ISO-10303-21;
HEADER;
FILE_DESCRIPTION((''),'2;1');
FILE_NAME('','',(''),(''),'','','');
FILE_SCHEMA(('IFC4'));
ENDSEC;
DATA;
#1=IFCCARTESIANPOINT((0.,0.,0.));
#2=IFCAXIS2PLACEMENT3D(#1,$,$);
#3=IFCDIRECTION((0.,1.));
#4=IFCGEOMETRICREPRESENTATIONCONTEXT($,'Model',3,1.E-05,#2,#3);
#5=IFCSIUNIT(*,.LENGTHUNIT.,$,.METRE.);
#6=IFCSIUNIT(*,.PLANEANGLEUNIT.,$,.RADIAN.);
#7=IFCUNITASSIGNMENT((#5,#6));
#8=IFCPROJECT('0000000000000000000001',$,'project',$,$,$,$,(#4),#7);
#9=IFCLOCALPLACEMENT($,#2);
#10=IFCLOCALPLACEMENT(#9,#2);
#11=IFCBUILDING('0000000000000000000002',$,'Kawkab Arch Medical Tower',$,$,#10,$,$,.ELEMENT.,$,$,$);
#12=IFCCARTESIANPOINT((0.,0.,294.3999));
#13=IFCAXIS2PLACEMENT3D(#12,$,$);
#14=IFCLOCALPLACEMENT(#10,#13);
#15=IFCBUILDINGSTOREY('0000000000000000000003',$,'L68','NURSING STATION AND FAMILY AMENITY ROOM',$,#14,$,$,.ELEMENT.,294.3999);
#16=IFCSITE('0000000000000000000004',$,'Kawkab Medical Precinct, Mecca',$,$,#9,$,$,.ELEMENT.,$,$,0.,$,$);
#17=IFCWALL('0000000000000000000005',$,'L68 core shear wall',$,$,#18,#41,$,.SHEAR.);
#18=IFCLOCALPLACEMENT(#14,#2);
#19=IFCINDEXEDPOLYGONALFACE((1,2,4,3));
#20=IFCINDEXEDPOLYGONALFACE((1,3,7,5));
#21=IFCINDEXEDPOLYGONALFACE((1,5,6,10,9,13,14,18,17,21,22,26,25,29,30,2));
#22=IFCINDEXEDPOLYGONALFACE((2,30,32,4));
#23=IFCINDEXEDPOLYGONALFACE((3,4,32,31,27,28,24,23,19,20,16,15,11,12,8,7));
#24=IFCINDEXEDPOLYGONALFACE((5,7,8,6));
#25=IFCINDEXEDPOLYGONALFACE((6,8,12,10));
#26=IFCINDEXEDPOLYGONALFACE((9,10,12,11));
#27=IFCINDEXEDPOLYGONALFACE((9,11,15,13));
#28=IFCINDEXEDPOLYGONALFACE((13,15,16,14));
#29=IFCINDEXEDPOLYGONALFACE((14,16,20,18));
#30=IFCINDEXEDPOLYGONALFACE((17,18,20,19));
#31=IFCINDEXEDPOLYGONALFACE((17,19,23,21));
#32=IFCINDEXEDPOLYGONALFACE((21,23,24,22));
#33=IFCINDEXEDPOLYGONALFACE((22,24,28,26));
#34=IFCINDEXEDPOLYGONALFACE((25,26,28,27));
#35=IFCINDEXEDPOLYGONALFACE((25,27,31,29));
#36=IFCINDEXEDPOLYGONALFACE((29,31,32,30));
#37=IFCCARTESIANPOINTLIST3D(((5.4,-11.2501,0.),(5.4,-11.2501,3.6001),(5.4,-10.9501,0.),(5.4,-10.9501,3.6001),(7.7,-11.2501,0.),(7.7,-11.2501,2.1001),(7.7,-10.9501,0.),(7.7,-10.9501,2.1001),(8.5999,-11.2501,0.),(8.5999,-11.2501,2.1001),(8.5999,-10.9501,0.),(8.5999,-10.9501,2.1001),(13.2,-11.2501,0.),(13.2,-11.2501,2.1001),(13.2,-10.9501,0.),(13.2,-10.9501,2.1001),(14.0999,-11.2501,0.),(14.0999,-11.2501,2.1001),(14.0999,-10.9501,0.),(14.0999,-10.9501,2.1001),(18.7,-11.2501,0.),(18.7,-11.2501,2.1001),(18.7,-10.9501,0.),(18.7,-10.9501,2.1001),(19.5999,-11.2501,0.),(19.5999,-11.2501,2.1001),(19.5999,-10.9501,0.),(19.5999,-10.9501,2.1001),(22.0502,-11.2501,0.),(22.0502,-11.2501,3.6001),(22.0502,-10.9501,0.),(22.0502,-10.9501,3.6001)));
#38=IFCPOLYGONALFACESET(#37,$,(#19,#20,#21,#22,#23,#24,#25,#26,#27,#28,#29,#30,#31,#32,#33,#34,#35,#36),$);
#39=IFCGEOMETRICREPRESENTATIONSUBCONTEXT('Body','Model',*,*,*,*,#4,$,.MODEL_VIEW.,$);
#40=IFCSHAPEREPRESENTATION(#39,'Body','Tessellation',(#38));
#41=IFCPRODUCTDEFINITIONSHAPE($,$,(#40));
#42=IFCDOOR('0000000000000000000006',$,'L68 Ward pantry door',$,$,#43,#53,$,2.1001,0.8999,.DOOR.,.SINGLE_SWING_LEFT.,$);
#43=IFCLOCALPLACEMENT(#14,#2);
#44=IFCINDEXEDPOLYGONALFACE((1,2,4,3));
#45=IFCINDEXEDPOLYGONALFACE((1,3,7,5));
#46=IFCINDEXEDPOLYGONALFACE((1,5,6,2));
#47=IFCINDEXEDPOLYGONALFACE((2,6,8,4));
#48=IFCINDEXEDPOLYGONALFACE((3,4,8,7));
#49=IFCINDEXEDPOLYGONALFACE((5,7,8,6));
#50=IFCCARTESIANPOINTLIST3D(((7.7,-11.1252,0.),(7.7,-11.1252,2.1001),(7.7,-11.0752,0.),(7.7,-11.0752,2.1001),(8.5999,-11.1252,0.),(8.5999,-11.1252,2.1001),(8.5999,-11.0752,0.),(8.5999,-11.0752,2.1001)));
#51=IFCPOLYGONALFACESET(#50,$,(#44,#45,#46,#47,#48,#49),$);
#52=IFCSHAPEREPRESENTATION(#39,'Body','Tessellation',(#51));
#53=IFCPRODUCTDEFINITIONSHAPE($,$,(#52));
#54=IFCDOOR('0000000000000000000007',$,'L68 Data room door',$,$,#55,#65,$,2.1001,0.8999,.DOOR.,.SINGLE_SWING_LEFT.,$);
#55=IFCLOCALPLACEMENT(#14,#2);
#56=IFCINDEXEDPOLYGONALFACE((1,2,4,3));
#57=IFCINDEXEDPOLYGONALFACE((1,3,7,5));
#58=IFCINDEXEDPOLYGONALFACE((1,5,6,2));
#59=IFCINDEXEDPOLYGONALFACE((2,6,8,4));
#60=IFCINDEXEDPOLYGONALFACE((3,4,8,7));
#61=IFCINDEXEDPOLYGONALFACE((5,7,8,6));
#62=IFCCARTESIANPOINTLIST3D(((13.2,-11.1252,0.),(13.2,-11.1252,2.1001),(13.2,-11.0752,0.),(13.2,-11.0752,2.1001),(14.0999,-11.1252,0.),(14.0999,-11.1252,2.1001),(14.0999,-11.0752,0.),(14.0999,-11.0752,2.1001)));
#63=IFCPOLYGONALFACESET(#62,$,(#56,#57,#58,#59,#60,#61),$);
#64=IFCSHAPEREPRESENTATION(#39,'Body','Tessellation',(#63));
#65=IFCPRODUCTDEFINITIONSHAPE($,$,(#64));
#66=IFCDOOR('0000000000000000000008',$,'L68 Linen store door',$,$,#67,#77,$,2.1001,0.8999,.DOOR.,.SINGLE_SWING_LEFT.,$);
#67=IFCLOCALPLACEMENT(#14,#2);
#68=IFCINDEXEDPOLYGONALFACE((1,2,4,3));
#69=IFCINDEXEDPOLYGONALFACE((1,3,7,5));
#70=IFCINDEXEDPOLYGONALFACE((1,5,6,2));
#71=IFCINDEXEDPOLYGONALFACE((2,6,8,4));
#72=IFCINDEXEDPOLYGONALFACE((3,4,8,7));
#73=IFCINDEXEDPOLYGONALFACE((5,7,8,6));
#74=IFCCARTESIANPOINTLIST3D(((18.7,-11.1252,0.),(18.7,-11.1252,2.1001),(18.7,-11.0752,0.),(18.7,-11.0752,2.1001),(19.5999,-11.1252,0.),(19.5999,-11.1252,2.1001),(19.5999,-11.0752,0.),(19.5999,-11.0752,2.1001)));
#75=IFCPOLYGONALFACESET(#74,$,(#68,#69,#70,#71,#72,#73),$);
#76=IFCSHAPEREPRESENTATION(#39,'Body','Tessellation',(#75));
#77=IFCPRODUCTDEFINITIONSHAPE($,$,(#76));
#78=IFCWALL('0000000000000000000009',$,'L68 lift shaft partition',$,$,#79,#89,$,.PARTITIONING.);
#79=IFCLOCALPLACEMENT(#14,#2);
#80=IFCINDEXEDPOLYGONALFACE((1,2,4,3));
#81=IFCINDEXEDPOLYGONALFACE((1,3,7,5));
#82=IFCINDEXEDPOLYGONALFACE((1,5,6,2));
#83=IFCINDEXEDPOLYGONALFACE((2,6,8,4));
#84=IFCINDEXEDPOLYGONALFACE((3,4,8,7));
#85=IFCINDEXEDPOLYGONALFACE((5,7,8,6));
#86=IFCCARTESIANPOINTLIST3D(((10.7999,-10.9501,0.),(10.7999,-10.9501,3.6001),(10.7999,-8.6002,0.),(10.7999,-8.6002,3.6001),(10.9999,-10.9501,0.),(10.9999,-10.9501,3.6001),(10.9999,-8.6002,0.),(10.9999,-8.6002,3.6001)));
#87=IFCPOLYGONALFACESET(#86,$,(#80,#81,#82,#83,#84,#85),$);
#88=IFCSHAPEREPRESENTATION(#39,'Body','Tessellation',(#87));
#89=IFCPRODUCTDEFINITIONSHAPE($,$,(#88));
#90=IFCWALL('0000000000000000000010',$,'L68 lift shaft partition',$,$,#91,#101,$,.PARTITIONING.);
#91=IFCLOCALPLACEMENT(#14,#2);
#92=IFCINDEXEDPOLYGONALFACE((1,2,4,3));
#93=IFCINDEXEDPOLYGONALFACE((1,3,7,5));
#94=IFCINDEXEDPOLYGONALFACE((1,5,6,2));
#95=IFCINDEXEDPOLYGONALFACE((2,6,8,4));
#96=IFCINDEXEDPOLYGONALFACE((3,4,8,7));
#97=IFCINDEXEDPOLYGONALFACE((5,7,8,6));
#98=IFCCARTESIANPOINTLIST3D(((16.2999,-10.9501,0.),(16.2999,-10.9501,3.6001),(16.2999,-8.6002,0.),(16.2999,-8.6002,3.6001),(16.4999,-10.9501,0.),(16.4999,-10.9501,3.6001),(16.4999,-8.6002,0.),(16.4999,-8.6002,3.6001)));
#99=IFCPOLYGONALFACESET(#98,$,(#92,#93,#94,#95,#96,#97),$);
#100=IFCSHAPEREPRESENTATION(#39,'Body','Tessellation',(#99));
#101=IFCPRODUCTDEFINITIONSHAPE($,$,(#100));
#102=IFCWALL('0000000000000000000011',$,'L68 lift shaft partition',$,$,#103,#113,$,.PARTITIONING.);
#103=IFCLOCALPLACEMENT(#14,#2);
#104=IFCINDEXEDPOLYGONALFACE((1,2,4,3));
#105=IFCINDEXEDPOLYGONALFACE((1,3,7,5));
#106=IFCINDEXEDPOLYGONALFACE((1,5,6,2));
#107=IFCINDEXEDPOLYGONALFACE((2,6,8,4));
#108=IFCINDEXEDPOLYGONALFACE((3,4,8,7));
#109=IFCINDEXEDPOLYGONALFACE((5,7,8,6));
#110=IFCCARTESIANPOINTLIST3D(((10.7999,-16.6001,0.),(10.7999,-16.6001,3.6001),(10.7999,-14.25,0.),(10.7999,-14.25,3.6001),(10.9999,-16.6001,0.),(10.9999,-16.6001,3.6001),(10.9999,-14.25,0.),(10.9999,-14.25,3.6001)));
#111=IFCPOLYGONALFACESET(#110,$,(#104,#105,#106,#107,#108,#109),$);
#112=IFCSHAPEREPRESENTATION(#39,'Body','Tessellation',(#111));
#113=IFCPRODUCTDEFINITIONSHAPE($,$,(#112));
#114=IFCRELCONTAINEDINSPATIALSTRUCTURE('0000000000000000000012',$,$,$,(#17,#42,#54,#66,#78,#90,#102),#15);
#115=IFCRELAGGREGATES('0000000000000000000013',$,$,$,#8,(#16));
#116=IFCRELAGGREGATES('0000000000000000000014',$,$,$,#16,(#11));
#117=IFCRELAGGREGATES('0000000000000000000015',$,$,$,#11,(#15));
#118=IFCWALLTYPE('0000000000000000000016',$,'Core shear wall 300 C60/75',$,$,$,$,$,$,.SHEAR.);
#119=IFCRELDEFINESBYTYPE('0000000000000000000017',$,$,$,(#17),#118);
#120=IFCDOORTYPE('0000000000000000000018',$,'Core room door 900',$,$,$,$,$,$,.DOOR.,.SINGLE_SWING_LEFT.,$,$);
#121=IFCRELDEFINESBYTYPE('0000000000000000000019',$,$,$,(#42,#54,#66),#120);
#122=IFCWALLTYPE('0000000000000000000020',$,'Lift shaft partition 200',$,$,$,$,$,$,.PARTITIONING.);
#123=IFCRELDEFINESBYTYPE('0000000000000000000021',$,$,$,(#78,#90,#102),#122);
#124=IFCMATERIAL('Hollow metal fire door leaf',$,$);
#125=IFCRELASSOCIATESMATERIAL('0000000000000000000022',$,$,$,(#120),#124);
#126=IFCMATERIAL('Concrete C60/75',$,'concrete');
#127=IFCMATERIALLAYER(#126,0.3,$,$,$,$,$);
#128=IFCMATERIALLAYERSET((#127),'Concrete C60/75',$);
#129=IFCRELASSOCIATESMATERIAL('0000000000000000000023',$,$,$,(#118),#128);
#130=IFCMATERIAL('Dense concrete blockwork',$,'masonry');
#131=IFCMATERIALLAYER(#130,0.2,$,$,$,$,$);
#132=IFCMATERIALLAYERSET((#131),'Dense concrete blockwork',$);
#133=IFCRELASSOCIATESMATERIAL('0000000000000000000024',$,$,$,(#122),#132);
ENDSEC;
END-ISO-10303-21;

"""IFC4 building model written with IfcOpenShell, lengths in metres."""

from ifc_helpers import new_model, si_unit, direction, frame, frame_2d, origin, place, context, subcontext, project, spatial, rectangle, extrude, material, layer, layer_set, type_object, element, fill, save


model = new_model("IFC4")

# Units and contexts
model_context = context("Model", 3, precision=1e-05, world=origin(), true_north=direction((0.0, 1.0)))
body_context = subcontext(model_context, "Body", "Model", "MODEL_VIEW")
ifc_project = project(units=[si_unit("LENGTHUNIT", "METRE"), si_unit("PLANEANGLEUNIT", "RADIAN")], contexts=[model_context])

# Site, building, storey
site_placement = place(None, origin())
site = spatial("IfcSite", under=ifc_project, at=site_placement, Name="Kawkab Medical Precinct, Mecca", CompositionType="ELEMENT", RefElevation=0.0)
building_placement = place(site_placement, origin())
building = spatial("IfcBuilding", under=site, at=building_placement, Name="Kawkab Arch Medical Tower", CompositionType="ELEMENT")
storey_placement = place(building_placement, frame((0.0, 0.0, 294.3999)))
storey = spatial("IfcBuildingStorey", under=building, at=storey_placement, Name="L68", Description="NURSING STATION AND FAMILY AMENITY ROOM", CompositionType="ELEMENT", Elevation=294.3999)

# Shared definitions
ifc_material_1 = material(Name="Hollow metal fire door leaf")
door_type = type_object("IfcDoorType", Name="Core room door 900", OperationType="SINGLE_SWING_LEFT", PredefinedType="DOOR", material=ifc_material_1)

# Shared definitions
ifc_material_2 = material(Name="Concrete C60/75", Category="concrete")
ifc_layer_1 = layer(ifc_material_2, 0.3)
ifc_layer_set_1 = layer_set([ifc_layer_1], Name="Concrete C60/75")
wall_type_1 = type_object("IfcWallType", Name="Core shear wall 300 C60/75", PredefinedType="SHEAR", material=ifc_layer_set_1)

# Wall, openings, doors
wall_1_placement = place(storey_placement, frame((5.3999, -11.1001, 0.0), z_axis=(0.0, 0.0, 1.0), x_axis=(1.0, 0.0, 0.0)))
wall_1 = element("IfcWall", 1, at=wall_1_placement, inside=storey, type_object=wall_type_1, Name="L68 core shear wall", PredefinedType="SHEAR", context=body_context, shape_type="SweptSolid", body=[
    extrude(rectangle(XDim=16.6501, YDim=0.3, at=frame_2d((8.3252, 0.0))), origin(), (0.0, 0.0, 1.0), 3.6001),
])
opening_1_placement = place(wall_1_placement, frame((2.3, 0.0, 0.0)))
opening_1 = element("IfcOpeningElement", 2, at=opening_1_placement, cuts=wall_1, PredefinedType="OPENING", context=body_context, shape_type="SweptSolid", body=[
    extrude(rectangle(XDim=0.8999, YDim=2.1001, at=frame_2d((0.45, 1.05))), frame((0.0, 0.1599, 0.0), z_axis=(0.0, -1.0, 0.0), x_axis=(1.0, 0.0, 0.0)), (0.0, 0.0, 1.0), 0.3201),
])
opening_2_placement = place(wall_1_placement, frame((7.8, 0.0, 0.0)))
opening_2 = element("IfcOpeningElement", 3, at=opening_2_placement, cuts=wall_1, PredefinedType="OPENING", context=body_context, shape_type="SweptSolid", body=[
    extrude(rectangle(XDim=0.8999, YDim=2.1001, at=frame_2d((0.45, 1.05))), frame((0.0, 0.1599, 0.0), z_axis=(0.0, -1.0, 0.0), x_axis=(1.0, 0.0, 0.0)), (0.0, 0.0, 1.0), 0.3201),
])
opening_3_placement = place(wall_1_placement, frame((13.3, 0.0, 0.0)))
opening_3 = element("IfcOpeningElement", 4, at=opening_3_placement, cuts=wall_1, PredefinedType="OPENING", context=body_context, shape_type="SweptSolid", body=[
    extrude(rectangle(XDim=0.8999, YDim=2.1001, at=frame_2d((0.45, 1.05))), frame((0.0, 0.1599, 0.0), z_axis=(0.0, -1.0, 0.0), x_axis=(1.0, 0.0, 0.0)), (0.0, 0.0, 1.0), 0.3201),
])
door_1_placement = place(opening_1_placement, origin())
door_1 = element("IfcDoor", 5, at=door_1_placement, inside=storey, type_object=door_type, Name="L68 Ward pantry door", OperationType="SINGLE_SWING_LEFT", OverallHeight=2.1001, OverallWidth=0.8999, PredefinedType="DOOR", context=body_context, shape_type="SweptSolid", body=[
    extrude(rectangle(XDim=0.8999, YDim=2.1001, at=frame_2d((0.45, 1.05))), frame((0.0, 0.0249, 0.0), z_axis=(0.0, -1.0, 0.0), x_axis=(1.0, 0.0, 0.0)), (0.0, 0.0, 1.0), 0.05),
])
fill(opening_1, door_1)
door_2_placement = place(opening_2_placement, origin())
door_2 = element("IfcDoor", 6, at=door_2_placement, inside=storey, type_object=door_type, Name="L68 Data room door", OperationType="SINGLE_SWING_LEFT", OverallHeight=2.1001, OverallWidth=0.8999, PredefinedType="DOOR", context=body_context, shape_type="SweptSolid", body=[
    extrude(rectangle(XDim=0.8999, YDim=2.1001, at=frame_2d((0.45, 1.05))), frame((0.0, 0.0249, 0.0), z_axis=(0.0, -1.0, 0.0), x_axis=(1.0, 0.0, 0.0)), (0.0, 0.0, 1.0), 0.05),
])
fill(opening_2, door_2)
door_3_placement = place(opening_3_placement, origin())
door_3 = element("IfcDoor", 7, at=door_3_placement, inside=storey, type_object=door_type, Name="L68 Linen store door", OperationType="SINGLE_SWING_LEFT", OverallHeight=2.1001, OverallWidth=0.8999, PredefinedType="DOOR", context=body_context, shape_type="SweptSolid", body=[
    extrude(rectangle(XDim=0.8999, YDim=2.1001, at=frame_2d((0.45, 1.05))), frame((0.0, 0.0249, 0.0), z_axis=(0.0, -1.0, 0.0), x_axis=(1.0, 0.0, 0.0)), (0.0, 0.0, 1.0), 0.05),
])
fill(opening_3, door_3)

# Walls
ifc_material_3 = material(Name="Dense concrete blockwork", Category="masonry")
ifc_layer_2 = layer(ifc_material_3, 0.2)
ifc_layer_set_2 = layer_set([ifc_layer_2], Name="Dense concrete blockwork")
wall_type_2 = type_object("IfcWallType", Name="Lift shaft partition 200", PredefinedType="PARTITIONING", material=ifc_layer_set_2)
for number, where, z_axis, x_axis, name in (
    (8, (10.8999, -10.95, 0.0), (0.0, 0.0, 1.0), (0.0, 1.0, 0.0), "L68 lift shaft partition"),
    (9, (16.3999, -10.95, 0.0), (0.0, 0.0, 1.0), (0.0, 1.0, 0.0), "L68 lift shaft partition"),
):
    element("IfcWall", number, at=place(storey_placement, frame(where, z_axis=z_axis, x_axis=x_axis)), inside=storey, type_object=wall_type_2, Name=name, PredefinedType="PARTITIONING", context=body_context, shape_type="SweptSolid", body=[
        extrude(rectangle(XDim=2.3499, YDim=0.2, at=frame_2d((1.1748, 0.0))), origin(), (0.0, 0.0, 1.0), 3.6001),
    ])
wall_2_placement = place(storey_placement, frame((10.8999, -16.6001, 0.0), z_axis=(0.0, 0.0, 1.0), x_axis=(0.0, 1.0, 0.0)))
element("IfcWall", 10, at=wall_2_placement, inside=storey, type_object=wall_type_2, Name="L68 lift shaft partition", PredefinedType="PARTITIONING", context=body_context, shape_type="SweptSolid", body=[
    extrude(rectangle(XDim=2.3501, YDim=0.2, at=frame_2d((1.175, 0.0))), origin(), (0.0, 0.0, 1.0), 3.6001),
])

save(model, "model.ifc")
